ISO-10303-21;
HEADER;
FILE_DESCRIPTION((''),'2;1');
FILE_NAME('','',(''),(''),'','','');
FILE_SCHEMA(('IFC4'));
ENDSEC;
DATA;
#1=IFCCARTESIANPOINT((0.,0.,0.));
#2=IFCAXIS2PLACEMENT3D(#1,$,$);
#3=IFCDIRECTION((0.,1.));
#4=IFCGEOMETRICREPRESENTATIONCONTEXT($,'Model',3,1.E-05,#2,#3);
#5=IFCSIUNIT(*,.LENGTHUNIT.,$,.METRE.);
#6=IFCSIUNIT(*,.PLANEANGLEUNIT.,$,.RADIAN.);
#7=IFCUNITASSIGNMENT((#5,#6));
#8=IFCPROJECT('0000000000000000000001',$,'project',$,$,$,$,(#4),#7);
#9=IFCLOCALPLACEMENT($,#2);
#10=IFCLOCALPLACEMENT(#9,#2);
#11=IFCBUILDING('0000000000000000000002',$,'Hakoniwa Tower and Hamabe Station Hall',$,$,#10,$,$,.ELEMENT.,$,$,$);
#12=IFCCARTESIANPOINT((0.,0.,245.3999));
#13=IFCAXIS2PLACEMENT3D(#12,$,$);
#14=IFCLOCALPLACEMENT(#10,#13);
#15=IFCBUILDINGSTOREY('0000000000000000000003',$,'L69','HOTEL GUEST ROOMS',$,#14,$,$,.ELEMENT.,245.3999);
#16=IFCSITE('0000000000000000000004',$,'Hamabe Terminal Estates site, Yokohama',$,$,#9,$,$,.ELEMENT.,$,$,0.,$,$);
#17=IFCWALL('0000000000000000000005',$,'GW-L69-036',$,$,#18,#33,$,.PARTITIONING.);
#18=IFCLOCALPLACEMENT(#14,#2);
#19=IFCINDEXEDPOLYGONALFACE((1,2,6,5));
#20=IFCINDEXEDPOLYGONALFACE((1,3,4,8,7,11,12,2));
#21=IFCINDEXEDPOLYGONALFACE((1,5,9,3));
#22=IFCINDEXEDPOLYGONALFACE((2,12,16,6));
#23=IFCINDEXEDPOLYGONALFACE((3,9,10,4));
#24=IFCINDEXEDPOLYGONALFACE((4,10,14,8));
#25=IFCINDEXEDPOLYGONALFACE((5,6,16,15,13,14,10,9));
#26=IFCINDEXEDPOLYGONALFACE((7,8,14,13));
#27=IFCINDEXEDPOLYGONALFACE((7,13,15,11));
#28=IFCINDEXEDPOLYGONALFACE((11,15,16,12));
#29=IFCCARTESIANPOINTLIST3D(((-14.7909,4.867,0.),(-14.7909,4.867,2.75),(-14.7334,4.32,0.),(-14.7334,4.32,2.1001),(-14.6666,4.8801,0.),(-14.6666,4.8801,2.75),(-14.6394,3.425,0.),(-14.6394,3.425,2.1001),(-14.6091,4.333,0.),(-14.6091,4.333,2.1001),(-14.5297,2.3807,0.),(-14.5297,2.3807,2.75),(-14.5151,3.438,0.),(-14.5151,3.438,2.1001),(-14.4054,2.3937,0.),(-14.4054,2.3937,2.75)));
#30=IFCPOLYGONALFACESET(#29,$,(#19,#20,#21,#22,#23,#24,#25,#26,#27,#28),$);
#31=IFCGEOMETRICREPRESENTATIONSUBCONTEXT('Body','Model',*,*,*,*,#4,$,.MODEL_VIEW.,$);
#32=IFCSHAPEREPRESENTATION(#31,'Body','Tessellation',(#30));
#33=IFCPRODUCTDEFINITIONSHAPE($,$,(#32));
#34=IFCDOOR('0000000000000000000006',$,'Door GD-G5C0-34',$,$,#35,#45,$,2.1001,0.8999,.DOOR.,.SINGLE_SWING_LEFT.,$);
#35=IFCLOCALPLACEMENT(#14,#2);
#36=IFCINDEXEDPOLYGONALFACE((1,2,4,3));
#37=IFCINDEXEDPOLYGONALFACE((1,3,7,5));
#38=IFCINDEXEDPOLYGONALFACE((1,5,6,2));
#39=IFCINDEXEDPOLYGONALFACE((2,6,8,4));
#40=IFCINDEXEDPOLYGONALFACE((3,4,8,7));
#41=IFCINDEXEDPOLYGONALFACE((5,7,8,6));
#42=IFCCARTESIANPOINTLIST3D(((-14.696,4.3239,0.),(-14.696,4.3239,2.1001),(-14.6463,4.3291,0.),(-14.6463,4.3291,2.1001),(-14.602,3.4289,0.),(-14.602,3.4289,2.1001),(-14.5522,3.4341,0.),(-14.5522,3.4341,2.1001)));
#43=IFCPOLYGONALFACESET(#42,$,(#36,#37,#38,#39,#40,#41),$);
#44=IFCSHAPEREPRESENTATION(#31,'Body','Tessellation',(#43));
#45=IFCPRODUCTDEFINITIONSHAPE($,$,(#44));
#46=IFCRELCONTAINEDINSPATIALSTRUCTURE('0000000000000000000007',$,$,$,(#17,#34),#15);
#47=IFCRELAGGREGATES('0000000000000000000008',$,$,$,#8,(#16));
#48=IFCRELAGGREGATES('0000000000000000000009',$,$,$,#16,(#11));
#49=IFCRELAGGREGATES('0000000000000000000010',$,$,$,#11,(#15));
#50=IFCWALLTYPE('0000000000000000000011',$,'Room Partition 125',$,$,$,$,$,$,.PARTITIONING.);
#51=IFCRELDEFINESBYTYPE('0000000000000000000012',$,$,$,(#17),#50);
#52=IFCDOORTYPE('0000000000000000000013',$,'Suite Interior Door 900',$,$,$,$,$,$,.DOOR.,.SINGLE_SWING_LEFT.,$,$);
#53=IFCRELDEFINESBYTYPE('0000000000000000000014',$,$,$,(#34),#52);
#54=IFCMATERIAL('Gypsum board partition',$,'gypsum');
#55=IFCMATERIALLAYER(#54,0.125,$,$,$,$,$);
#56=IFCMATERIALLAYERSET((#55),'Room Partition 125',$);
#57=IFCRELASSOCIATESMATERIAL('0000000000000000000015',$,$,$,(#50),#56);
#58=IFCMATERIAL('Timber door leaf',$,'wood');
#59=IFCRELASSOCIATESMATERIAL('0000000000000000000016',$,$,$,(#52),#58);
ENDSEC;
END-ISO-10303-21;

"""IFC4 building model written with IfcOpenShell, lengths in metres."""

from ifc_helpers import new_model, si_unit, direction, frame, frame_2d, origin, place, context, subcontext, project, spatial, rectangle, extrude, material, layer, layer_set, type_object, element, fill, save


model = new_model("IFC4")

# Units and contexts
model_context = context("Model", 3, precision=1e-05, world=origin(), true_north=direction((0.0, 1.0)))
body_context = subcontext(model_context, "Body", "Model", "MODEL_VIEW")
ifc_project = project(units=[si_unit("LENGTHUNIT", "METRE"), si_unit("PLANEANGLEUNIT", "RADIAN")], contexts=[model_context])

# Site, building, storey
site_placement = place(None, origin())
site = spatial("IfcSite", under=ifc_project, at=site_placement, Name="Hamabe Terminal Estates site, Yokohama", CompositionType="ELEMENT", RefElevation=0.0)
building_placement = place(site_placement, origin())
building = spatial("IfcBuilding", under=site, at=building_placement, Name="Hakoniwa Tower and Hamabe Station Hall", CompositionType="ELEMENT")
storey_placement = place(building_placement, frame((0.0, 0.0, 245.3999)))
storey = spatial("IfcBuildingStorey", under=building, at=storey_placement, Name="L69", Description="HOTEL GUEST ROOMS", CompositionType="ELEMENT", Elevation=245.3999)

# Shared definitions
ifc_material_1 = material(Name="Gypsum board partition", Category="gypsum")
ifc_layer_1 = layer(ifc_material_1, 0.125)
ifc_layer_set_1 = layer_set([ifc_layer_1], Name="Room Partition 125")
wall_type_1 = type_object("IfcWallType", Name="Room Partition 125", PredefinedType="PARTITIONING", material=ifc_layer_set_1)

# Wall, opening, door
wall_1_placement = place(storey_placement, frame((-14.4675, 2.3872, 0.0), z_axis=(0.0, 0.0, 1.0), x_axis=(-0.104492, 0.994526, 0.0)))
wall_1 = element("IfcWall", 1, at=wall_1_placement, inside=storey, type_object=wall_type_1, Name="GW-L69-036", PredefinedType="PARTITIONING", context=body_context, shape_type="SweptSolid", body=[
    extrude(rectangle(XDim=2.5, YDim=0.125, at=frame_2d((1.25, 0.0))), origin(), (0.0, 0.0, 1.0), 2.75),
])
opening_1_placement = place(wall_1_placement, frame((1.05, 0.0, 0.0)))
opening_1 = element("IfcOpeningElement", 2, at=opening_1_placement, cuts=wall_1, PredefinedType="OPENING", context=body_context, shape_type="SweptSolid", body=[
    extrude(rectangle(XDim=0.8999, YDim=2.1001, at=frame_2d((0.45, 1.05))), frame((0.0, 0.0725, 0.0), z_axis=(0.0, -1.0, 0.0), x_axis=(1.0, 0.0, 0.0)), (0.0, 0.0, 1.0), 0.145),
])
ifc_material_2 = material(Name="Timber door leaf", Category="wood")
door_type_1 = type_object("IfcDoorType", Name="Suite Interior Door 900", OperationType="SINGLE_SWING_LEFT", PredefinedType="DOOR", material=ifc_material_2)
door_1_placement = place(opening_1_placement, origin())
door_1 = element("IfcDoor", 3, at=door_1_placement, inside=storey, type_object=door_type_1, Name="Door GD-G5C0-34", OperationType="SINGLE_SWING_LEFT", OverallHeight=2.1001, OverallWidth=0.8999, PredefinedType="DOOR", context=body_context, shape_type="SweptSolid", body=[
    extrude(rectangle(XDim=0.8999, YDim=2.1001, at=frame_2d((0.45, 1.05))), frame((0.0, 0.0249, 0.0), z_axis=(0.0, -1.0, 0.0), x_axis=(1.0, 0.0, 0.0)), (0.0, 0.0, 1.0), 0.05),
])
fill(opening_1, door_1)

save(model, "model.ifc")
